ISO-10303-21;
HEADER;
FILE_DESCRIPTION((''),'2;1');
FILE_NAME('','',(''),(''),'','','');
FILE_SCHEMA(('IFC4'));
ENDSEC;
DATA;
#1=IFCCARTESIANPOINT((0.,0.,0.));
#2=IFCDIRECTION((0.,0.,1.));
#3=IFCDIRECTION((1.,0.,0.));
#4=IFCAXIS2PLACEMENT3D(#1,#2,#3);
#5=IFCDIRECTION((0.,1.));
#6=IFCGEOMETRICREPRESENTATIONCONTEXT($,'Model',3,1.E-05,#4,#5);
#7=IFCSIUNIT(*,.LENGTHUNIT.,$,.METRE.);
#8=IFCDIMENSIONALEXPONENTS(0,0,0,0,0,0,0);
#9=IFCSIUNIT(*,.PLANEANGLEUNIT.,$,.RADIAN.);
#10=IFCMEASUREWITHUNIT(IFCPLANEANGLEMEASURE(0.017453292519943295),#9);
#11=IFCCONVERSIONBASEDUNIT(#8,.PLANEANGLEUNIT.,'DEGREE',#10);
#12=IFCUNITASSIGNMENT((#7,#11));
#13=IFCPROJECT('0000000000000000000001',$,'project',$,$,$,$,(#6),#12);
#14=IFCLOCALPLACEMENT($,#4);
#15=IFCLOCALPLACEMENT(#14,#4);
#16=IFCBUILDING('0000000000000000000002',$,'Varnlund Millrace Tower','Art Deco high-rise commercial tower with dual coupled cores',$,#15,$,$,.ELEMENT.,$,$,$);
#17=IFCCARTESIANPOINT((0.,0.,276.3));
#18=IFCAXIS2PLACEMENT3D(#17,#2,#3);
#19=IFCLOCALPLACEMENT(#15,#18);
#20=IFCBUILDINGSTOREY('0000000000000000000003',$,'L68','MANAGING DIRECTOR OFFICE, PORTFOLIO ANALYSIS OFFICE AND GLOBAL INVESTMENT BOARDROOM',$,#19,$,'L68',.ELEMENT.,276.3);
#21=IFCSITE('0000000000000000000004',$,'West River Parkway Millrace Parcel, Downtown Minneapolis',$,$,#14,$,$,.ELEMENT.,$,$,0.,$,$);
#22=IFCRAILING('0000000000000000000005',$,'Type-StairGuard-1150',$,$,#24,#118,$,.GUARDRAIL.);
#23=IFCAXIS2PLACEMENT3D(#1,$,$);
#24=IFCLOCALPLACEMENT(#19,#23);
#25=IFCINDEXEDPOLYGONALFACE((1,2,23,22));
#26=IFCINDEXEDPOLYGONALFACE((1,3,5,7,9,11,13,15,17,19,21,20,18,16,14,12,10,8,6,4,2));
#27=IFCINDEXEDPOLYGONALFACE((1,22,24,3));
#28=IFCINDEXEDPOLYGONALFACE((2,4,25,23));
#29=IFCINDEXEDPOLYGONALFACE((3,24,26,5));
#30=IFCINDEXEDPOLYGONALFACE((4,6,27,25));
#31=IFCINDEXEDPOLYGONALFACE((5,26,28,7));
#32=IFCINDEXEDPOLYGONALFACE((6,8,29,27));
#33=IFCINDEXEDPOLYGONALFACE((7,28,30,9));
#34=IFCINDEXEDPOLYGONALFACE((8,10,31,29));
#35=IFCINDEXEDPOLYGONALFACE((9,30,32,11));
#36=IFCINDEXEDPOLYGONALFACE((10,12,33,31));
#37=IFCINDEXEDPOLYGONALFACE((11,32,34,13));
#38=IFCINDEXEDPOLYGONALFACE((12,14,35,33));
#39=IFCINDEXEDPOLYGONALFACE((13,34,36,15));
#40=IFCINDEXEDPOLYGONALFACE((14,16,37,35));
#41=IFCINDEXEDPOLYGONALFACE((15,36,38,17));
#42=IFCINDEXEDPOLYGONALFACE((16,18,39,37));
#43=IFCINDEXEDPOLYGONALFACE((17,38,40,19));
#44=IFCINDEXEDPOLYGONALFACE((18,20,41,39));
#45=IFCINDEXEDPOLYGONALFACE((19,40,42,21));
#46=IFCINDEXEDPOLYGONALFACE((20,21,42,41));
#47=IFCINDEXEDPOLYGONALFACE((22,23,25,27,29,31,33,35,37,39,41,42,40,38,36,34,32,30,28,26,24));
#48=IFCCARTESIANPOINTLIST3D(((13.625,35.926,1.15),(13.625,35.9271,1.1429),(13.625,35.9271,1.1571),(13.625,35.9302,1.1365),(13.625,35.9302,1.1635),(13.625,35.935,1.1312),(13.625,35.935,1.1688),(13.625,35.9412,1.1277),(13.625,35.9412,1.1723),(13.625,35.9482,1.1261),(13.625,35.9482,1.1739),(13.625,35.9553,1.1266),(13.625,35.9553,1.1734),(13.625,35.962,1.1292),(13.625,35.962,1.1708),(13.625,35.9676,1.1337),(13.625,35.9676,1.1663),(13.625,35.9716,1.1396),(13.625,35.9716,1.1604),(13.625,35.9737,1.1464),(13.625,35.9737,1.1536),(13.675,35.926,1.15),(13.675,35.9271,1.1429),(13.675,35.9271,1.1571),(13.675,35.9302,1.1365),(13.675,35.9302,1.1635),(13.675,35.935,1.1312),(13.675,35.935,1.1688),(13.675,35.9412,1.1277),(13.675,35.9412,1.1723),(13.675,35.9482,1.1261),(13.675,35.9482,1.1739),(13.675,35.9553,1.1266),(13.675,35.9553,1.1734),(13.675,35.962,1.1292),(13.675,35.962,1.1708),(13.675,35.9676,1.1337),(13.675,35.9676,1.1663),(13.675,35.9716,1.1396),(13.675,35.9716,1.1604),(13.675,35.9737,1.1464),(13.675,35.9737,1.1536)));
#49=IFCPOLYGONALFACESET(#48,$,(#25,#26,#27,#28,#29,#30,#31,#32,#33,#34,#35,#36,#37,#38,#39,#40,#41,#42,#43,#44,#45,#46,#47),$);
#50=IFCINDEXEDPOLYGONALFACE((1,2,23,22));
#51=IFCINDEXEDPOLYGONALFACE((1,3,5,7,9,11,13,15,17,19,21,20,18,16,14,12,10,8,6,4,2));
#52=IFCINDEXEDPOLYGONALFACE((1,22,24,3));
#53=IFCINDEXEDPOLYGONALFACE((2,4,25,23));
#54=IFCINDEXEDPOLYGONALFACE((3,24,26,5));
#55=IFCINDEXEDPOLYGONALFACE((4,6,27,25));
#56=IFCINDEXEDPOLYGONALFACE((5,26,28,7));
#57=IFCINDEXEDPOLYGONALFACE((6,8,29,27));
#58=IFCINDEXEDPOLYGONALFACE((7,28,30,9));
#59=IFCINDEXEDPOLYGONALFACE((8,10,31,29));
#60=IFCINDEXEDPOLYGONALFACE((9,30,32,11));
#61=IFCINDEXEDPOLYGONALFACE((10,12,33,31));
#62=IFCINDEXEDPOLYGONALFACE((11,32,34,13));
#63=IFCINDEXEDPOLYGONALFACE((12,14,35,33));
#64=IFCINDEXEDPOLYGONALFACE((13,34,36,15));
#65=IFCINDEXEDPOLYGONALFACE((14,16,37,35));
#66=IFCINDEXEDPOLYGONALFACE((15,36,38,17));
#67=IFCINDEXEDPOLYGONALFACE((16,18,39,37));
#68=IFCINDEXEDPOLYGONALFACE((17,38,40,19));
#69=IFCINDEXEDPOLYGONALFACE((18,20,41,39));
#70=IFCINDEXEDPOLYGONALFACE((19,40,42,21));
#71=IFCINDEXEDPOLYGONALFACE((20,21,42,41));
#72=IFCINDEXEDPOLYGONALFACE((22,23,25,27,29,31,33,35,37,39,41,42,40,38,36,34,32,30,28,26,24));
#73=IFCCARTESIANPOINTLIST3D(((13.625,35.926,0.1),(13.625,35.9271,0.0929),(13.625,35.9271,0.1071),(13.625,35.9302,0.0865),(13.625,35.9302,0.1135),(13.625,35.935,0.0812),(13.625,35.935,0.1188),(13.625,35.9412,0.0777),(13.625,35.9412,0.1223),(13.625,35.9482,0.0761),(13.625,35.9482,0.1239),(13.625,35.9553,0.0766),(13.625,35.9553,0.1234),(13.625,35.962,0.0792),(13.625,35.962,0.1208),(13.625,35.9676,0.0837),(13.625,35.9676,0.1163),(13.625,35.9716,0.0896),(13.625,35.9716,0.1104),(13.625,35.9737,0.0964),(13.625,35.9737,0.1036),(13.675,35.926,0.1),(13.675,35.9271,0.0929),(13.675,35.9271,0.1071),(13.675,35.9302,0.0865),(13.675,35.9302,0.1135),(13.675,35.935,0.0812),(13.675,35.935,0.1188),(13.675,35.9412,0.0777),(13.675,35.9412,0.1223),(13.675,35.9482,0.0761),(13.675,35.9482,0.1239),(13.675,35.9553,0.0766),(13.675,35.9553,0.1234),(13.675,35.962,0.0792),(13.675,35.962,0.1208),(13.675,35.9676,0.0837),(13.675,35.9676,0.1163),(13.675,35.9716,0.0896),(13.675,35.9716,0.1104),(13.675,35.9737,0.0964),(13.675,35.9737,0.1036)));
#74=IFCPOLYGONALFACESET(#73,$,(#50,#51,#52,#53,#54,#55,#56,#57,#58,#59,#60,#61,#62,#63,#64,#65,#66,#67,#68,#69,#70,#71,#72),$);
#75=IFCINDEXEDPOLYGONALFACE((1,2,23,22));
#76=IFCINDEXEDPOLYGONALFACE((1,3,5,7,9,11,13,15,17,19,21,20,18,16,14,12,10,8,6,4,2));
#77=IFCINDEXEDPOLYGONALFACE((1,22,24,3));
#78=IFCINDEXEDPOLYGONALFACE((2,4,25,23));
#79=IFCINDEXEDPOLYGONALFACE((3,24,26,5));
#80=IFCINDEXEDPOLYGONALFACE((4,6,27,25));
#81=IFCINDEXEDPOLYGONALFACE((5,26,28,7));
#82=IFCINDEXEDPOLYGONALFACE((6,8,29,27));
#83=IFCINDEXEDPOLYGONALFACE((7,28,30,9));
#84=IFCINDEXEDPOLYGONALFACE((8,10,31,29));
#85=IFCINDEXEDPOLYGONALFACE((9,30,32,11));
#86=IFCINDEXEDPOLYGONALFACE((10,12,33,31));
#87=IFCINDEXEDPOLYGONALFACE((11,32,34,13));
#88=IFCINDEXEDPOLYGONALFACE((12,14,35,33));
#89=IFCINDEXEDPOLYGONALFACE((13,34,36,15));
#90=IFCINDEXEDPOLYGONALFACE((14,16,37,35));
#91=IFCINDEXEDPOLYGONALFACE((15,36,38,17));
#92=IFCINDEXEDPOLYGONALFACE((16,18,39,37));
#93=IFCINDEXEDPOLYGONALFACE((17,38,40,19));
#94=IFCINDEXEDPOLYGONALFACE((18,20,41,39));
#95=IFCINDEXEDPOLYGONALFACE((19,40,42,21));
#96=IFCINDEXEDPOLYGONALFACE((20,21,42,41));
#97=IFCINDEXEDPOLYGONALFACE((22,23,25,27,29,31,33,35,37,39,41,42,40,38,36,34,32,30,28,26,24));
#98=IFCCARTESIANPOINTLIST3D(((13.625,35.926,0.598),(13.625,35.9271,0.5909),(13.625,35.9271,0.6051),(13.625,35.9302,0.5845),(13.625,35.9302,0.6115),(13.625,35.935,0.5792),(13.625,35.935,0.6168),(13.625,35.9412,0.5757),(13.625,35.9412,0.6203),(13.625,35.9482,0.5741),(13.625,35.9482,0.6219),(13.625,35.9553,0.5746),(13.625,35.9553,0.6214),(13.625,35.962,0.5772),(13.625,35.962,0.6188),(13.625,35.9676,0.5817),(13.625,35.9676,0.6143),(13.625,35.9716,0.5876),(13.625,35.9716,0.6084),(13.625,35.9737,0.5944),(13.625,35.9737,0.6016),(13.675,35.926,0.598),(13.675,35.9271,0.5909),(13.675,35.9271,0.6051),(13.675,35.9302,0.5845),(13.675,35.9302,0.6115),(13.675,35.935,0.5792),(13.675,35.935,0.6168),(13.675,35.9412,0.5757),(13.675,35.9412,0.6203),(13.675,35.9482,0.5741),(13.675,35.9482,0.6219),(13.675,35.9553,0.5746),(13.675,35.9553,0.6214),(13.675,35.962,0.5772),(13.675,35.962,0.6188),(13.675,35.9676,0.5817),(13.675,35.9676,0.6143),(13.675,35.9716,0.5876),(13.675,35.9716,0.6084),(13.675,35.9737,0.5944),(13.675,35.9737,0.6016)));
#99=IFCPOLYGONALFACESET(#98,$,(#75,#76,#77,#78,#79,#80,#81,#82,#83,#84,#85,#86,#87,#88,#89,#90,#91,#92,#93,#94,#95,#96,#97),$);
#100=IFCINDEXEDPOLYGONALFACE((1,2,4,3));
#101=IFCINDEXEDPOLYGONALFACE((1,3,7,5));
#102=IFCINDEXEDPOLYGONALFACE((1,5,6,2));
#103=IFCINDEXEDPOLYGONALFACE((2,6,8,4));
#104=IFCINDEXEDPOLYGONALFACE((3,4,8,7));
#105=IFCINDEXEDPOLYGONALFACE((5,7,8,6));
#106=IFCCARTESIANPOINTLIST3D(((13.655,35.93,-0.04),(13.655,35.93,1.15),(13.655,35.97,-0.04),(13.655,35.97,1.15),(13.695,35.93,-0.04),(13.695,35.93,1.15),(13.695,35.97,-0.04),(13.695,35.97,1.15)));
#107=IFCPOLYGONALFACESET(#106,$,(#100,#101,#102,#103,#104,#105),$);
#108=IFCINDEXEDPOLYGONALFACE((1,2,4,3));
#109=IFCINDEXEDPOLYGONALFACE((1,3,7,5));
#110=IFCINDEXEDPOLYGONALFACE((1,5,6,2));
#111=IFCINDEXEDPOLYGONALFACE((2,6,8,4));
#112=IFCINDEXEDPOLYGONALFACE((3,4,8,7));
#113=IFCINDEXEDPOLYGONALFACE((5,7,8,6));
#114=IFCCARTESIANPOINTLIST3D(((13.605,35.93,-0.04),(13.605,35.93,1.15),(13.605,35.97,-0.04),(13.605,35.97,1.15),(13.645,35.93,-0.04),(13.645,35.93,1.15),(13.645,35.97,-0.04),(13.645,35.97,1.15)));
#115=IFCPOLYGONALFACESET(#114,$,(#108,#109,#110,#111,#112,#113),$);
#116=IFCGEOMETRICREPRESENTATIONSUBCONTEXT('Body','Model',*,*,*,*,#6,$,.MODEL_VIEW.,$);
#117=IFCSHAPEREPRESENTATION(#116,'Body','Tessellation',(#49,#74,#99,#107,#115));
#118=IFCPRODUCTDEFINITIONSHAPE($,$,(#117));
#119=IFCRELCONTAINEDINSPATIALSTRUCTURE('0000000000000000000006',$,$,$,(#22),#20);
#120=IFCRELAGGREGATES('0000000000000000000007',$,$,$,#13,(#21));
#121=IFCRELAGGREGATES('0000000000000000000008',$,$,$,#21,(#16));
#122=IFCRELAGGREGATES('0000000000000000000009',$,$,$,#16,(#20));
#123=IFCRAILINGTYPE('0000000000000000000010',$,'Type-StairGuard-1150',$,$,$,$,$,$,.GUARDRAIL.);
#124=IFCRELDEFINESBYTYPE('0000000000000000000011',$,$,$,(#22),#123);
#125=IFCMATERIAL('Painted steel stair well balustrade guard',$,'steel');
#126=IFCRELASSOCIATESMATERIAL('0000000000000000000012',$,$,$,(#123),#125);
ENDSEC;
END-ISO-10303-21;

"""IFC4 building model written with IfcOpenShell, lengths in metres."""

from ifc_helpers import new_model, entity, si_unit, converted_unit, direction, frame, origin_with_axes, origin_2d_with_axis, place, context, subcontext, project, spatial, rectangle, circle, extrude, material, type_object, element, save


model = new_model("IFC4")

# Units and contexts
model_context = context("Model", 3, precision=1e-05, world=origin_with_axes(), true_north=direction((0.0, 1.0)))
body_context = subcontext(model_context, "Body", "Model", "MODEL_VIEW")
ifc_project = project(units=[si_unit("LENGTHUNIT", "METRE"), converted_unit("PLANEANGLEUNIT", "DEGREE", entity("IfcPlaneAngleMeasure", 0.017453292519943295), si_unit("PLANEANGLEUNIT", "RADIAN"), dimensions=[0, 0, 0, 0, 0, 0, 0])], contexts=[model_context])

# Site, building, storey
site_placement = place(None, origin_with_axes())
site = spatial("IfcSite", under=ifc_project, at=site_placement, Name="West River Parkway Millrace Parcel, Downtown Minneapolis", CompositionType="ELEMENT", RefElevation=0.0)
building_placement = place(site_placement, origin_with_axes())
building = spatial("IfcBuilding", under=site, at=building_placement, Name="Varnlund Millrace Tower", Description="Art Deco high-rise commercial tower with dual coupled cores", CompositionType="ELEMENT")
storey_placement = place(building_placement, frame((0.0, 0.0, 276.3), z_axis=(0.0, 0.0, 1.0), x_axis=(1.0, 0.0, 0.0)))
storey = spatial("IfcBuildingStorey", under=building, at=storey_placement, Name="L68", Description="MANAGING DIRECTOR OFFICE, PORTFOLIO ANALYSIS OFFICE AND GLOBAL INVESTMENT BOARDROOM", LongName="L68", CompositionType="ELEMENT", Elevation=276.3)

# Railing
ifc_material_1 = material(Name="Painted steel stair well balustrade guard", Category="steel")
railing_type_1 = type_object("IfcRailingType", Name="Type-StairGuard-1150", PredefinedType="GUARDRAIL", material=ifc_material_1)
railing_1_placement = place(storey_placement, frame((0.0, 0.0, -276.3), z_axis=(0.0, 0.0, 1.0), x_axis=(1.0, 0.0, 0.0)))
element("IfcRailing", 1, at=railing_1_placement, inside=storey, type_object=railing_type_1, Name="Type-StairGuard-1150", PredefinedType="GUARDRAIL", context=body_context, shape_type="SweptSolid", body=[
    extrude(circle(Radius=0.024, at=origin_2d_with_axis()), frame((13.675, 35.95, 277.45), z_axis=(-1.0, 0.0, 0.0), x_axis=(0.0, -1.0, 0.0)), (0.0, 0.0, 1.0), 0.05),
    extrude(circle(Radius=0.024, at=origin_2d_with_axis()), frame((13.675, 35.95, 276.4), z_axis=(-1.0, 0.0, 0.0), x_axis=(0.0, -1.0, 0.0)), (0.0, 0.0, 1.0), 0.05),
    extrude(circle(Radius=0.024, at=origin_2d_with_axis()), frame((13.675, 35.95, 276.898), z_axis=(-1.0, 0.0, 0.0), x_axis=(0.0, -1.0, 0.0)), (0.0, 0.0, 1.0), 0.05),
    extrude(rectangle(XDim=0.04, YDim=0.04, at=origin_2d_with_axis()), frame((13.675, 35.95, 276.26), z_axis=(0.0, 0.0, 1.0), x_axis=(1.0, 0.0, 0.0)), (0.0, 0.0, 1.0), 1.19),
    extrude(rectangle(XDim=0.04, YDim=0.04, at=origin_2d_with_axis()), frame((13.625, 35.95, 276.26), z_axis=(0.0, 0.0, 1.0), x_axis=(1.0, 0.0, 0.0)), (0.0, 0.0, 1.0), 1.19),
])

save(model, "model.ifc")
